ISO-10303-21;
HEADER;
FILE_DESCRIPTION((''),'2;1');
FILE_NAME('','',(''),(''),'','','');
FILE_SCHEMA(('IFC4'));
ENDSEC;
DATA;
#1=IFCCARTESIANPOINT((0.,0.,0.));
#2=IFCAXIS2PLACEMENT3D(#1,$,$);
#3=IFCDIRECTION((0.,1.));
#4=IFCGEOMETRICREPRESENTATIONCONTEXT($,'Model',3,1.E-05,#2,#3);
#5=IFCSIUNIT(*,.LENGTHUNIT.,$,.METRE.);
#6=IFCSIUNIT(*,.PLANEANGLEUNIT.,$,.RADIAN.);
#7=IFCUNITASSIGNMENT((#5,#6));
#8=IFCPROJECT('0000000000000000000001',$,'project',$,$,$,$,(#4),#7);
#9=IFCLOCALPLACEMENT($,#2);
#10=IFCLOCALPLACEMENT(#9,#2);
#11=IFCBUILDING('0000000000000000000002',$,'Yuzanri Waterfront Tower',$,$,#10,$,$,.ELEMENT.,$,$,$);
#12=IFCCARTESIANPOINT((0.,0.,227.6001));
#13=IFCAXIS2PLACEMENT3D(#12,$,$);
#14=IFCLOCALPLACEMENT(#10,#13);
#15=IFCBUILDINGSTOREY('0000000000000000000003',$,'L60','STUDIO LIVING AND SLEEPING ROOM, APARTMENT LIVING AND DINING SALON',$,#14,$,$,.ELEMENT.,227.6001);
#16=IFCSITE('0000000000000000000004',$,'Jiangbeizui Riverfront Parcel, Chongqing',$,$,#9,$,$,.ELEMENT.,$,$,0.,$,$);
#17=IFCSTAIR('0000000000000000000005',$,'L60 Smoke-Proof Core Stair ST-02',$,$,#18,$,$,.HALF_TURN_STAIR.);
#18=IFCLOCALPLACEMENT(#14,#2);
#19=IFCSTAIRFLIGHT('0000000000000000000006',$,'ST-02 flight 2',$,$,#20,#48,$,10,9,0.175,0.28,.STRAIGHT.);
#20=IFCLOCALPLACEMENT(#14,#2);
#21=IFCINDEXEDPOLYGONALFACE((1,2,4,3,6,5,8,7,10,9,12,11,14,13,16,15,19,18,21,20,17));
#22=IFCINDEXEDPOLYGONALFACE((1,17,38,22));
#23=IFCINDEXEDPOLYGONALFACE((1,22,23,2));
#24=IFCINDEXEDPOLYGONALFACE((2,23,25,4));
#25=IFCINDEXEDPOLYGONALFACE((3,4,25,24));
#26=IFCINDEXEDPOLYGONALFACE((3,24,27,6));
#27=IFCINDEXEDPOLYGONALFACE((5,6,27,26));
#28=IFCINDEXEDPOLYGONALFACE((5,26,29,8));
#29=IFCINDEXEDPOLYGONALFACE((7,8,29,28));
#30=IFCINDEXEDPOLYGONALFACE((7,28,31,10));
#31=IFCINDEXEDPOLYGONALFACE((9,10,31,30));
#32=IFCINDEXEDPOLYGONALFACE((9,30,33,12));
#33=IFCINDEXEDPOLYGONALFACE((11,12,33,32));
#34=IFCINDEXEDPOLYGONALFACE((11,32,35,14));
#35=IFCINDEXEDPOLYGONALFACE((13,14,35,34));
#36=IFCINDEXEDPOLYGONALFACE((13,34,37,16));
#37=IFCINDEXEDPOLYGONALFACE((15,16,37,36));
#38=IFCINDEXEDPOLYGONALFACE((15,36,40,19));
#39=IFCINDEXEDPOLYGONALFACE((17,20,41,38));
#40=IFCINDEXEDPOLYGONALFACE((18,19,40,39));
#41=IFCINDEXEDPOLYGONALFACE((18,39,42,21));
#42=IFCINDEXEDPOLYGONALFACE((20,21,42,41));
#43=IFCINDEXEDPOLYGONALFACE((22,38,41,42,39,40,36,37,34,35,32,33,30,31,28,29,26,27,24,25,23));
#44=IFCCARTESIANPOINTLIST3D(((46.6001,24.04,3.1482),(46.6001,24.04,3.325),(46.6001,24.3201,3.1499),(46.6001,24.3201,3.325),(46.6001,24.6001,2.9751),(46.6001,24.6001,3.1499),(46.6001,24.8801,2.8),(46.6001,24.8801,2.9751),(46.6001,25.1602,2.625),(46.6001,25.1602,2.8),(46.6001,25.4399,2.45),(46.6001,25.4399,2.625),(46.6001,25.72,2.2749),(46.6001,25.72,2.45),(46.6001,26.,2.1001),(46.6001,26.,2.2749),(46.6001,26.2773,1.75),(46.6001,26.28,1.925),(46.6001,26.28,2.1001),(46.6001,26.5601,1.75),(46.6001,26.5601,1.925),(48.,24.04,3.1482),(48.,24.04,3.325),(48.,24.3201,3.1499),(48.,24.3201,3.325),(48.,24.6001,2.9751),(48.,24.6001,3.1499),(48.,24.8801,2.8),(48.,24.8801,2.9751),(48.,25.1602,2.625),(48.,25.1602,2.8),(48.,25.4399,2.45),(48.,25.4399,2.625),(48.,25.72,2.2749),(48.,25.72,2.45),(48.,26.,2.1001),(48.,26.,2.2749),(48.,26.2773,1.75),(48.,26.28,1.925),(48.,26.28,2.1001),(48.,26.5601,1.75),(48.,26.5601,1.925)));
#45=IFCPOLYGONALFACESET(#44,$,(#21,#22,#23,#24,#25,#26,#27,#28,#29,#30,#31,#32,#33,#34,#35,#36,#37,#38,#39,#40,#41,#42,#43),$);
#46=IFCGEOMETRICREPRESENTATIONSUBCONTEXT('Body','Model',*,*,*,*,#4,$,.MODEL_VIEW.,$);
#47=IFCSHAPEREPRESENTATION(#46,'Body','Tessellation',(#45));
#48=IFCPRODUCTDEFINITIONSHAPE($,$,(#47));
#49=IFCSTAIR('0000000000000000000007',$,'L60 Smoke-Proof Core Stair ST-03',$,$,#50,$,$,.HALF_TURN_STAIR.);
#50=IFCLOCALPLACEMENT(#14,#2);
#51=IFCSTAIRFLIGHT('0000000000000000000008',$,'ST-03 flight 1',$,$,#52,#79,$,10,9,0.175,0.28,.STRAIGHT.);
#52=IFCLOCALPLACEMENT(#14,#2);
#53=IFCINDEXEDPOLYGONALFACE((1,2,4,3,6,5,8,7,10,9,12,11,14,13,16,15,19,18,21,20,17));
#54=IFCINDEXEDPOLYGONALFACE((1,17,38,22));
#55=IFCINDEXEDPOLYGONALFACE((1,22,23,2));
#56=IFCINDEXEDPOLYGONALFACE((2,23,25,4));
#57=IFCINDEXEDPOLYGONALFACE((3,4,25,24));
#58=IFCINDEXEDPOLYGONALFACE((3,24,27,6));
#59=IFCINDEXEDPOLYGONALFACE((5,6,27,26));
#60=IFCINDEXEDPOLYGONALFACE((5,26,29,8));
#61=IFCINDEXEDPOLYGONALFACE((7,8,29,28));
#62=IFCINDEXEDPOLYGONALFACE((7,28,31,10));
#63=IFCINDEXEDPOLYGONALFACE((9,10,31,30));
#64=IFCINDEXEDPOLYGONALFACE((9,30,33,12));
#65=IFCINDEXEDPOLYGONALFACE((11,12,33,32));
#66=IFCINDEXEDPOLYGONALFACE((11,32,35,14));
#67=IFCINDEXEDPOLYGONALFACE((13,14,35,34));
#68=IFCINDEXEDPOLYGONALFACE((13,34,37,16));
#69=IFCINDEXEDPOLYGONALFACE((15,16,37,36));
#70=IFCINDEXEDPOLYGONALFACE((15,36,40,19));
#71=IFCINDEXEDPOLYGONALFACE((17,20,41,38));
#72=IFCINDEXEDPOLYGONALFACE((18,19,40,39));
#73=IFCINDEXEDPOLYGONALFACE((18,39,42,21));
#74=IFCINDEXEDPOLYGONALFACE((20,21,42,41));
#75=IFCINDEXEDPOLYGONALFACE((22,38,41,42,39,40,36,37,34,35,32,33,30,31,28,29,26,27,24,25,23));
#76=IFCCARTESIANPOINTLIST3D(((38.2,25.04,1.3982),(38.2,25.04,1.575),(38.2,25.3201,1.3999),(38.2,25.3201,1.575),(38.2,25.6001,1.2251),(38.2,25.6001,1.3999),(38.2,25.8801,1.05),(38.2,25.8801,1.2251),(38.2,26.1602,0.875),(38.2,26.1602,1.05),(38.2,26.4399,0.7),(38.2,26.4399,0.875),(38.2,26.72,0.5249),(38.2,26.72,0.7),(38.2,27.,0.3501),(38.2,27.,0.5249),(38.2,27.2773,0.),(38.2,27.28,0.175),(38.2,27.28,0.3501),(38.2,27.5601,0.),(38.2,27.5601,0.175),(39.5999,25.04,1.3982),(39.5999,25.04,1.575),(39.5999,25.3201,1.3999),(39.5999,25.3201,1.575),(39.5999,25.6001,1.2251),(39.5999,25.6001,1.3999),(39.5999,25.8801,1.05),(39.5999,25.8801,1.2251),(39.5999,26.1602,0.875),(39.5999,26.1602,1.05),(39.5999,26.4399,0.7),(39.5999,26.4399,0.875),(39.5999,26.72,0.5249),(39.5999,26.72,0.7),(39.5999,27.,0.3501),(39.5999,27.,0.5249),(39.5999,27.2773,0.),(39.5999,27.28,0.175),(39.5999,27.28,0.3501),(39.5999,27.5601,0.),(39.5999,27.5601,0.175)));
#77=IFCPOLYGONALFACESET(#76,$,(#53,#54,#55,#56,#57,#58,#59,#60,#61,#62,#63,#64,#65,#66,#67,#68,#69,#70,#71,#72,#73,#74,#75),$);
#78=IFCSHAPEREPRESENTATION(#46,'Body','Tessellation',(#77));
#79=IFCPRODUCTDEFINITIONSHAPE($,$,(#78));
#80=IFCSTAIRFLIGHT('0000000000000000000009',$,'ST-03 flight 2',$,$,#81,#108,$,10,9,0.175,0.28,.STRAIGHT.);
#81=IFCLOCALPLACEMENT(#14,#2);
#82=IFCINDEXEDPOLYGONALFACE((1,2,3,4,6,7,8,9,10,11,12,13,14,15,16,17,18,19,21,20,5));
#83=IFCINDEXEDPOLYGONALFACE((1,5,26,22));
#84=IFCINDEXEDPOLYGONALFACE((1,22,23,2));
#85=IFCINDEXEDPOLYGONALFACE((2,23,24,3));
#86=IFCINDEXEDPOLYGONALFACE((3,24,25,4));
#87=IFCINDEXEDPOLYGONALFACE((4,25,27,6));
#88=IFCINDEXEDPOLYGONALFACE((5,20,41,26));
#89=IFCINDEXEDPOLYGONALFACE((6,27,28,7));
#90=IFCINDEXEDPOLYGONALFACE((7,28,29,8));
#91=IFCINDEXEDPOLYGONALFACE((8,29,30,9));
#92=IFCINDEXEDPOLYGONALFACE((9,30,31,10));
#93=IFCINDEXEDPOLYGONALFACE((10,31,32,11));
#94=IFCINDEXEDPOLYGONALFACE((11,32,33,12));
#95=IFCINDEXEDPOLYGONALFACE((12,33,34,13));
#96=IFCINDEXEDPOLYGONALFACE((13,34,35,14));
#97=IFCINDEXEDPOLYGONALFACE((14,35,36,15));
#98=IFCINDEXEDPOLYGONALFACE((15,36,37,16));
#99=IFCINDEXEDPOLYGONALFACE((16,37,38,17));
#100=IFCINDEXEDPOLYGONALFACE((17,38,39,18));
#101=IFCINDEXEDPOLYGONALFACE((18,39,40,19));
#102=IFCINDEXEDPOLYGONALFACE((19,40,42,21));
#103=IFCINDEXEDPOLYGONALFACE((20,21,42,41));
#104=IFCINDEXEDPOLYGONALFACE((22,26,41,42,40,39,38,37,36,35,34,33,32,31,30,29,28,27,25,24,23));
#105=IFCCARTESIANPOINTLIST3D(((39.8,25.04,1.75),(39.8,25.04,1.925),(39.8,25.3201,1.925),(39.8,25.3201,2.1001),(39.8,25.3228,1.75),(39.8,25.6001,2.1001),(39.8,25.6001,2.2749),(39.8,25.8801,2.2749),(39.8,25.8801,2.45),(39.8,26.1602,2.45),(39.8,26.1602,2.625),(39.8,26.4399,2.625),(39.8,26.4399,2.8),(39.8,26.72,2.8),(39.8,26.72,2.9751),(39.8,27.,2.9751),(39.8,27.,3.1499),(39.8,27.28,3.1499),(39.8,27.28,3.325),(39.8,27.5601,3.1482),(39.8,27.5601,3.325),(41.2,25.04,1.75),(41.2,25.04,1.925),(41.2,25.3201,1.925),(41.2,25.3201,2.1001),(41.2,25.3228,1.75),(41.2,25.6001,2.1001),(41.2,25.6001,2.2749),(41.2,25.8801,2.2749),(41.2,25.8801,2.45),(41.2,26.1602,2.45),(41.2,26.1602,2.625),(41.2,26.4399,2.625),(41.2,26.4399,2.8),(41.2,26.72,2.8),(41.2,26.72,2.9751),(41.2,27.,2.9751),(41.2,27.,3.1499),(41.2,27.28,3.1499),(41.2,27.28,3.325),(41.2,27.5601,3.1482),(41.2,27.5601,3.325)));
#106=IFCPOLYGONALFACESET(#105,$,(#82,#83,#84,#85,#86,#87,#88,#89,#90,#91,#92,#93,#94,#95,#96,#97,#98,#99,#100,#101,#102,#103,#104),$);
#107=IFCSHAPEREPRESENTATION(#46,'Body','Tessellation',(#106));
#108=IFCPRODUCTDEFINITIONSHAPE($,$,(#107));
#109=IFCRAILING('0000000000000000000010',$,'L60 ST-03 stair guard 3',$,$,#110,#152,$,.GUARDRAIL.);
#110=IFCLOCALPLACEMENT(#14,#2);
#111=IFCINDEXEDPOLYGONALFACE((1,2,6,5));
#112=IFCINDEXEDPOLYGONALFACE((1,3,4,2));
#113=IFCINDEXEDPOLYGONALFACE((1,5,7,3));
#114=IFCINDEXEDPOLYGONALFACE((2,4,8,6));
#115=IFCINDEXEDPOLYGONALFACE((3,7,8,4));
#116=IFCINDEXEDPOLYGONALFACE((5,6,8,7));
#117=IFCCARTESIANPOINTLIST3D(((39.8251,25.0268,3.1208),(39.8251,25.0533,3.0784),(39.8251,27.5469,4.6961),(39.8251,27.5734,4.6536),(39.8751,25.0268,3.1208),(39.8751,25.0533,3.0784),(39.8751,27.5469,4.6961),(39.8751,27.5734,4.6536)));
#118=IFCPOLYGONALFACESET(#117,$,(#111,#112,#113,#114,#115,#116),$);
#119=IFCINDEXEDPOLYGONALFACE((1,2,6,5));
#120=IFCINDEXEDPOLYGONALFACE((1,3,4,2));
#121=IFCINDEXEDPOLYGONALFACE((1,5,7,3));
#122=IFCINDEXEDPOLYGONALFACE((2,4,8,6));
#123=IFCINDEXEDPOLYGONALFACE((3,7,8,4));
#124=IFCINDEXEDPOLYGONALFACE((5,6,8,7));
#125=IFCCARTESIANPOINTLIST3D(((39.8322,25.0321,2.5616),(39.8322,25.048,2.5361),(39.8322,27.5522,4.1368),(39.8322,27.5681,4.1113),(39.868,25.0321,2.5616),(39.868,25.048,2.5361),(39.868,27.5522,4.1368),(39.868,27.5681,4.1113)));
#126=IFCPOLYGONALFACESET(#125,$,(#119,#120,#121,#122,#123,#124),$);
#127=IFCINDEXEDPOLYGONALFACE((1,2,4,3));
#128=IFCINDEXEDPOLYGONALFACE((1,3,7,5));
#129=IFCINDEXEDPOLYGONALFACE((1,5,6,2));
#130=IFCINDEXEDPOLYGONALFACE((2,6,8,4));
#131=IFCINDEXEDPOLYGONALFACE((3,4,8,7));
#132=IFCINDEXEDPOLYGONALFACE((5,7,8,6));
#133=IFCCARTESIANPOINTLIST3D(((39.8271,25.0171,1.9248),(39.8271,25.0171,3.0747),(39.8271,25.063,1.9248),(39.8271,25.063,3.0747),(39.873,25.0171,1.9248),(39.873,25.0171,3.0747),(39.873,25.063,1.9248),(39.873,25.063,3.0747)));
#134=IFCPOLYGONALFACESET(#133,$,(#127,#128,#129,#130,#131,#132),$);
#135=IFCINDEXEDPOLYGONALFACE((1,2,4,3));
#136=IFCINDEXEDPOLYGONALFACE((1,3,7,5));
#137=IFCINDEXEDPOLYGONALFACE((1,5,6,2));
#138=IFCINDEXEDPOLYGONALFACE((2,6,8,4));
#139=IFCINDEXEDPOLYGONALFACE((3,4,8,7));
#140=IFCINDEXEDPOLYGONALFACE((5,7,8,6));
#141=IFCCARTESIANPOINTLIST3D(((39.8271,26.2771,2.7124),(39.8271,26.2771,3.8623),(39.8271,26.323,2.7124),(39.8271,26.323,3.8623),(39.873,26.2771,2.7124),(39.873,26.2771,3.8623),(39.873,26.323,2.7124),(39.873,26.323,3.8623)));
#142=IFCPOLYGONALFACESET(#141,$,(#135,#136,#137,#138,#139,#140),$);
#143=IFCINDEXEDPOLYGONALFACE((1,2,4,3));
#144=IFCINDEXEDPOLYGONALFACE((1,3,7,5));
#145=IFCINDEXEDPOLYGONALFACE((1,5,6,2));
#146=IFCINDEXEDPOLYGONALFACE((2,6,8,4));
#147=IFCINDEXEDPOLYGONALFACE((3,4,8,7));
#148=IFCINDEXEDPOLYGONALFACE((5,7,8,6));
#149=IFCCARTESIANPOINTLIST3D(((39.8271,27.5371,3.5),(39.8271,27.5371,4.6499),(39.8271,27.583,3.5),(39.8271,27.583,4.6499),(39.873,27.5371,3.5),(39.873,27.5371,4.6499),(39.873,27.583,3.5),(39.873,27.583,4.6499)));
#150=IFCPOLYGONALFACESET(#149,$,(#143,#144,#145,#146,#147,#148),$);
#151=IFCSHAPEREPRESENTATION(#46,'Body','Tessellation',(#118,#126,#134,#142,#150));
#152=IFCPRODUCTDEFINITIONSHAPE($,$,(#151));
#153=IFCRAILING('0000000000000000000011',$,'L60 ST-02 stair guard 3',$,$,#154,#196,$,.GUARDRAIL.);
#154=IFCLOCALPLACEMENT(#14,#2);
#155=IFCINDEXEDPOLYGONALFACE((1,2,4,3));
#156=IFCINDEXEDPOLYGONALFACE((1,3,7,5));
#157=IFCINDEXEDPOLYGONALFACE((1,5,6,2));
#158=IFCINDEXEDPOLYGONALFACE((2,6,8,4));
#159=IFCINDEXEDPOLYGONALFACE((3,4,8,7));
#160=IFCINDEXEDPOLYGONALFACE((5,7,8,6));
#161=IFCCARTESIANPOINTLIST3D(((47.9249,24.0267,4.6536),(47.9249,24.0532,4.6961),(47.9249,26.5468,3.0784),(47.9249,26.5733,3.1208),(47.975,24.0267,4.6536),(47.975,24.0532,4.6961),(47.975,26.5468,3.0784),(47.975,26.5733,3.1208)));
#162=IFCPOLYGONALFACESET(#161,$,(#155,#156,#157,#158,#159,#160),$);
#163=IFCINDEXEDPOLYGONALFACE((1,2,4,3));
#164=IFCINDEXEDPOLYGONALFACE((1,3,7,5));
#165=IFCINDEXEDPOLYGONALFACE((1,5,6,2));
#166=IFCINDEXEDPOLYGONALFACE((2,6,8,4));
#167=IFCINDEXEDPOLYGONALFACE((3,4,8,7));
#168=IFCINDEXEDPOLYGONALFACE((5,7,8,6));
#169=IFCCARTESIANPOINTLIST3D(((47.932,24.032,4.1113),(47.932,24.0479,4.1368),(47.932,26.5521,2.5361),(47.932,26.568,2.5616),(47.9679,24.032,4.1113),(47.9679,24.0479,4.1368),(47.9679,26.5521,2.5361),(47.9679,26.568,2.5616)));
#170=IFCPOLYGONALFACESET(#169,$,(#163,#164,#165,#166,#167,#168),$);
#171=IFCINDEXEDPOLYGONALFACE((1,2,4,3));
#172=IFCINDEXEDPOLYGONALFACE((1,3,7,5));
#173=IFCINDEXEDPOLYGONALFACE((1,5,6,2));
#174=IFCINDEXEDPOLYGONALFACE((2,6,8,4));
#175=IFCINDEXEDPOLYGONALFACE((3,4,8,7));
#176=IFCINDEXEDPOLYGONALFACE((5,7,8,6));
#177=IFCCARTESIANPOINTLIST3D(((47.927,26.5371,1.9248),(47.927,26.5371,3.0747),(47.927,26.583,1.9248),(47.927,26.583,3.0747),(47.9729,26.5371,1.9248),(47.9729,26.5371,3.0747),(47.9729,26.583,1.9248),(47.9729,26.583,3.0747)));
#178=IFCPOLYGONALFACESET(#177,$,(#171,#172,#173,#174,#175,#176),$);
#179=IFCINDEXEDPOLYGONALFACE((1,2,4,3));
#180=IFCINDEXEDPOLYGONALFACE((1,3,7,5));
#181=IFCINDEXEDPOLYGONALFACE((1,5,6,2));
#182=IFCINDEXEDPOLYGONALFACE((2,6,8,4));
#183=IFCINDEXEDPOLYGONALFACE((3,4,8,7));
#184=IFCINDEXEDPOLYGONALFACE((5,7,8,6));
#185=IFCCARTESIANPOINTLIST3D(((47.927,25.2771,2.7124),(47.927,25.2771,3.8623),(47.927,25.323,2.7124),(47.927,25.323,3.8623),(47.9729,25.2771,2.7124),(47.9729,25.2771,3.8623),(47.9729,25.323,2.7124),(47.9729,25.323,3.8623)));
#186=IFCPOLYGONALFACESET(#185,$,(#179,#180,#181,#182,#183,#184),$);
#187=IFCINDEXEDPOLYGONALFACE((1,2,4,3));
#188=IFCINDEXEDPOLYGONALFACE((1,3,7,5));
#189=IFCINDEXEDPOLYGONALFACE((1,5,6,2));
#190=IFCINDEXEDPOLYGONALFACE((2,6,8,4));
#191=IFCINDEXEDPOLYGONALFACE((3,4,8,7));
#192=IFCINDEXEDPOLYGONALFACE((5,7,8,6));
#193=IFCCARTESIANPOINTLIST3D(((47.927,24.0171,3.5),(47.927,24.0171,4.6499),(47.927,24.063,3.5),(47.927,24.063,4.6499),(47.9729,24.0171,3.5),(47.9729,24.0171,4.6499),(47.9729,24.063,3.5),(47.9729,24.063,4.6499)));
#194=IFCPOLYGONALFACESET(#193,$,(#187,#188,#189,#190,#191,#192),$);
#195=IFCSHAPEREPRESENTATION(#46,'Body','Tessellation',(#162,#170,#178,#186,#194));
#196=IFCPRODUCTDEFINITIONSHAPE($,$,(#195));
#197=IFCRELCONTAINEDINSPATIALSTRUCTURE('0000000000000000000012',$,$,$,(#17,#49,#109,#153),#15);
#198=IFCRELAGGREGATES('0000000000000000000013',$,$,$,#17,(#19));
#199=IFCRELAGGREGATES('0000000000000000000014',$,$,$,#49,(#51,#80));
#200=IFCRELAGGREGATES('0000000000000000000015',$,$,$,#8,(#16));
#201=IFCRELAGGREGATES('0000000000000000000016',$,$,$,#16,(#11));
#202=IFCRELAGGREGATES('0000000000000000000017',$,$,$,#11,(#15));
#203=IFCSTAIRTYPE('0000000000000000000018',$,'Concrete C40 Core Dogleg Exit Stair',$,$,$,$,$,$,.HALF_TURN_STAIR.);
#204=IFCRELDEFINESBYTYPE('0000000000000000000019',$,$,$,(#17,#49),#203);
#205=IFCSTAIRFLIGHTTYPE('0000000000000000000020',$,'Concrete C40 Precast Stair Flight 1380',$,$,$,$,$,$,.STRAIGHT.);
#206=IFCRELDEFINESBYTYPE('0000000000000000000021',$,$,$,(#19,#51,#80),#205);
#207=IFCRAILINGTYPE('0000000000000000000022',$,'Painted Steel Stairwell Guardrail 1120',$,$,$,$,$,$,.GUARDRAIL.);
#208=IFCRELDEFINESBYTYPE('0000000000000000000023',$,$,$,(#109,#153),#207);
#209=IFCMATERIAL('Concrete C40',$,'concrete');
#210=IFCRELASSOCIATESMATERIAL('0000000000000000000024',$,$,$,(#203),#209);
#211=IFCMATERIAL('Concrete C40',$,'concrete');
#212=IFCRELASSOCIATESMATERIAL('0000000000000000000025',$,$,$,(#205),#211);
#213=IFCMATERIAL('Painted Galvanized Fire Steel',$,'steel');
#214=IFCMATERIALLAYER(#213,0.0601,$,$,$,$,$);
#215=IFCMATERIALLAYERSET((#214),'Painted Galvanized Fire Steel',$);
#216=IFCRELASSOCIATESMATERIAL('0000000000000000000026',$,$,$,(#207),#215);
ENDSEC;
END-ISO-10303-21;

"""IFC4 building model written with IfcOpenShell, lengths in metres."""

from ifc_helpers import new_model, si_unit, direction, frame, origin, origin_2d, place, context, subcontext, project, spatial, polyline, rectangle, outline, extrude, source, transform, mapped, material, layer, layer_set, type_object, element, aggregate, save


model = new_model("IFC4")

# Units and contexts
model_context = context("Model", 3, precision=1e-05, world=origin(), true_north=direction((0.0, 1.0)))
body_context = subcontext(model_context, "Body", "Model", "MODEL_VIEW")
ifc_project = project(units=[si_unit("LENGTHUNIT", "METRE"), si_unit("PLANEANGLEUNIT", "RADIAN")], contexts=[model_context])

# Site, building, storey
site_placement = place(None, origin())
site = spatial("IfcSite", under=ifc_project, at=site_placement, Name="Jiangbeizui Riverfront Parcel, Chongqing", CompositionType="ELEMENT", RefElevation=0.0)
building_placement = place(site_placement, origin())
building = spatial("IfcBuilding", under=site, at=building_placement, Name="Yuzanri Waterfront Tower", CompositionType="ELEMENT")
storey_placement = place(building_placement, frame((0.0, 0.0, 227.6001)))
storey = spatial("IfcBuildingStorey", under=building, at=storey_placement, Name="L60", Description="STUDIO LIVING AND SLEEPING ROOM, APARTMENT LIVING AND DINING SALON", CompositionType="ELEMENT", Elevation=227.6001)

# Stair, stair flight
ifc_material_1 = material(Name="Concrete C40", Category="concrete")
stair_type = type_object("IfcStairType", Name="Concrete C40 Core Dogleg Exit Stair", PredefinedType="HALF_TURN_STAIR", material=ifc_material_1)
stair_1_placement = place(storey_placement, origin())
stair_1 = element("IfcStair", 1, at=stair_1_placement, inside=storey, type_object=stair_type, Name="L60 Smoke-Proof Core Stair ST-02", PredefinedType="HALF_TURN_STAIR")
ifc_material_2 = material(Name="Concrete C40", Category="concrete")
stair_flight_type = type_object("IfcStairFlightType", Name="Concrete C40 Precast Stair Flight 1380", PredefinedType="STRAIGHT", material=ifc_material_2)
shared_shape_1 = source(origin(), body_context, "Body", "SweptSolid", [
    extrude(outline(polyline([(0.0, 0.0), (0.0, 0.175), (0.28, 0.175), (0.28, 0.3501), (0.5601, 0.3501), (0.5601, 0.5249), (0.8401, 0.5249), (0.8401, 0.7), (1.1201, 0.7), (1.1201, 0.875), (1.3999, 0.875), (1.3999, 1.05), (1.6799, 1.05), (1.6799, 1.2251), (1.96, 1.2251), (1.96, 1.3999), (2.24, 1.3999), (2.24, 1.575), (2.52, 1.575), (2.52, 1.75), (2.52, 1.3982), (0.2827, 0.0), (0.0, 0.0)])), frame((0.0, 0.7, 0.0), z_axis=(0.0, -1.0, 0.0), x_axis=(1.0, 0.0, 0.0)), (0.0, 0.0, 1.0), 1.3999),
])
stair_flight_1_placement = place(storey_placement, frame((47.3, 26.5601, 1.75), z_axis=(0.0, 0.0, 1.0), x_axis=(0.0, -1.0, 0.0)))
stair_flight_1 = element("IfcStairFlight", 2, at=stair_flight_1_placement, type_object=stair_flight_type, Name="ST-02 flight 2", NumberOfRisers=10, NumberOfTreads=9, PredefinedType="STRAIGHT", RiserHeight=0.175, TreadLength=0.28, context=body_context, shape_type="MappedRepresentation", body=[
    mapped(shared_shape_1, transform((0.0, 0.0, 0.0), scale=1.0)),
])
aggregate(stair_1, [stair_flight_1])

# Stair, stair flights
stair_2_placement = place(storey_placement, origin())
stair_2 = element("IfcStair", 3, at=stair_2_placement, inside=storey, type_object=stair_type, Name="L60 Smoke-Proof Core Stair ST-03", PredefinedType="HALF_TURN_STAIR")
stair_flight_2_placement = place(storey_placement, frame((38.8999, 27.5601, 0.0), z_axis=(0.0, 0.0, 1.0), x_axis=(0.0, -1.0, 0.0)))
stair_flight_2 = element("IfcStairFlight", 4, at=stair_flight_2_placement, type_object=stair_flight_type, Name="ST-03 flight 1", NumberOfRisers=10, NumberOfTreads=9, PredefinedType="STRAIGHT", RiserHeight=0.175, TreadLength=0.28, context=body_context, shape_type="MappedRepresentation", body=[
    mapped(shared_shape_1, transform((0.0, 0.0, 0.0), scale=1.0)),
])
stair_flight_3_placement = place(storey_placement, frame((40.5, 25.04, 1.75), z_axis=(0.0, 0.0, 1.0), x_axis=(0.0, 1.0, 0.0)))
stair_flight_3 = element("IfcStairFlight", 5, at=stair_flight_3_placement, type_object=stair_flight_type, Name="ST-03 flight 2", NumberOfRisers=10, NumberOfTreads=9, PredefinedType="STRAIGHT", RiserHeight=0.175, TreadLength=0.28, context=body_context, shape_type="MappedRepresentation", body=[
    mapped(shared_shape_1, transform((0.0, 0.0, 0.0), scale=1.0)),
])
aggregate(stair_2, [stair_flight_2, stair_flight_3])

# Railings
ifc_material_3 = material(Name="Painted Galvanized Fire Steel", Category="steel")
ifc_layer_1 = layer(ifc_material_3, 0.0601)
ifc_layer_set_1 = layer_set([ifc_layer_1], Name="Painted Galvanized Fire Steel")
railing_type_1 = type_object("IfcRailingType", Name="Painted Steel Stairwell Guardrail 1120", PredefinedType="GUARDRAIL", material=ifc_layer_set_1)
shared_shape_2 = source(origin(), body_context, "Body", "SweptSolid", [
    extrude(rectangle(XDim=0.05, YDim=0.05, at=origin_2d()), frame((0.0, 0.0, 1.1748), z_axis=(0.0, 0.847971, 0.530043), x_axis=(-1.0, 0.0, 0.0)), (0.0, 0.0, 1.0), 2.9719),
    extrude(rectangle(XDim=0.0359, YDim=0.03, at=origin_2d()), frame((0.0, 0.0, 0.624), z_axis=(0.0, 0.847971, 0.530043), x_axis=(-1.0, 0.0, 0.0)), (0.0, 0.0, 1.0), 2.9719),
    extrude(rectangle(XDim=0.0459, YDim=0.0459, at=origin_2d()), origin(), (0.0, 0.0, 1.0), 1.1499),
    extrude(rectangle(XDim=0.0459, YDim=0.0459, at=origin_2d()), frame((0.0, 1.26, 0.7876)), (0.0, 0.0, 1.0), 1.1499),
    extrude(rectangle(XDim=0.0459, YDim=0.0459, at=origin_2d()), frame((0.0, 2.52, 1.5752)), (0.0, 0.0, 1.0), 1.1499),
])
railing_1_placement = place(storey_placement, frame((39.8501, 25.04, 1.9248)))
element("IfcRailing", 6, at=railing_1_placement, inside=storey, type_object=railing_type_1, Name="L60 ST-03 stair guard 3", PredefinedType="GUARDRAIL", context=body_context, shape_type="MappedRepresentation", body=[
    mapped(shared_shape_2, transform((0.0, 0.0, 0.0), scale=1.0)),
])
shared_shape_3 = source(origin(), body_context, "Body", "SweptSolid", [
    extrude(rectangle(XDim=0.05, YDim=0.05, at=origin_2d()), frame((0.0, 0.0, 1.1748), z_axis=(0.0, -0.847971, 0.530043), x_axis=(1.0, 0.0, 0.0)), (0.0, 0.0, 1.0), 2.9719),
    extrude(rectangle(XDim=0.0359, YDim=0.03, at=origin_2d()), frame((0.0, 0.0, 0.624), z_axis=(0.0, -0.847971, 0.530043), x_axis=(1.0, 0.0, 0.0)), (0.0, 0.0, 1.0), 2.9719),
    extrude(rectangle(XDim=0.0459, YDim=0.0459, at=origin_2d()), origin(), (0.0, 0.0, 1.0), 1.1499),
    extrude(rectangle(XDim=0.0459, YDim=0.0459, at=origin_2d()), frame((0.0, -1.26, 0.7876)), (0.0, 0.0, 1.0), 1.1499),
    extrude(rectangle(XDim=0.0459, YDim=0.0459, at=origin_2d()), frame((0.0, -2.52, 1.5752)), (0.0, 0.0, 1.0), 1.1499),
])
for number, where, name in (
    (7, (47.95, 26.5601, 1.9248), "L60 ST-02 stair guard 3"),
):
    element("IfcRailing", number, at=place(storey_placement, frame(where)), inside=storey, type_object=railing_type_1, Name=name, PredefinedType="GUARDRAIL", context=body_context, shape_type="MappedRepresentation", body=[
        mapped(shared_shape_3, transform((0.0, 0.0, 0.0), scale=1.0)),
    ])

save(model, "model.ifc")
